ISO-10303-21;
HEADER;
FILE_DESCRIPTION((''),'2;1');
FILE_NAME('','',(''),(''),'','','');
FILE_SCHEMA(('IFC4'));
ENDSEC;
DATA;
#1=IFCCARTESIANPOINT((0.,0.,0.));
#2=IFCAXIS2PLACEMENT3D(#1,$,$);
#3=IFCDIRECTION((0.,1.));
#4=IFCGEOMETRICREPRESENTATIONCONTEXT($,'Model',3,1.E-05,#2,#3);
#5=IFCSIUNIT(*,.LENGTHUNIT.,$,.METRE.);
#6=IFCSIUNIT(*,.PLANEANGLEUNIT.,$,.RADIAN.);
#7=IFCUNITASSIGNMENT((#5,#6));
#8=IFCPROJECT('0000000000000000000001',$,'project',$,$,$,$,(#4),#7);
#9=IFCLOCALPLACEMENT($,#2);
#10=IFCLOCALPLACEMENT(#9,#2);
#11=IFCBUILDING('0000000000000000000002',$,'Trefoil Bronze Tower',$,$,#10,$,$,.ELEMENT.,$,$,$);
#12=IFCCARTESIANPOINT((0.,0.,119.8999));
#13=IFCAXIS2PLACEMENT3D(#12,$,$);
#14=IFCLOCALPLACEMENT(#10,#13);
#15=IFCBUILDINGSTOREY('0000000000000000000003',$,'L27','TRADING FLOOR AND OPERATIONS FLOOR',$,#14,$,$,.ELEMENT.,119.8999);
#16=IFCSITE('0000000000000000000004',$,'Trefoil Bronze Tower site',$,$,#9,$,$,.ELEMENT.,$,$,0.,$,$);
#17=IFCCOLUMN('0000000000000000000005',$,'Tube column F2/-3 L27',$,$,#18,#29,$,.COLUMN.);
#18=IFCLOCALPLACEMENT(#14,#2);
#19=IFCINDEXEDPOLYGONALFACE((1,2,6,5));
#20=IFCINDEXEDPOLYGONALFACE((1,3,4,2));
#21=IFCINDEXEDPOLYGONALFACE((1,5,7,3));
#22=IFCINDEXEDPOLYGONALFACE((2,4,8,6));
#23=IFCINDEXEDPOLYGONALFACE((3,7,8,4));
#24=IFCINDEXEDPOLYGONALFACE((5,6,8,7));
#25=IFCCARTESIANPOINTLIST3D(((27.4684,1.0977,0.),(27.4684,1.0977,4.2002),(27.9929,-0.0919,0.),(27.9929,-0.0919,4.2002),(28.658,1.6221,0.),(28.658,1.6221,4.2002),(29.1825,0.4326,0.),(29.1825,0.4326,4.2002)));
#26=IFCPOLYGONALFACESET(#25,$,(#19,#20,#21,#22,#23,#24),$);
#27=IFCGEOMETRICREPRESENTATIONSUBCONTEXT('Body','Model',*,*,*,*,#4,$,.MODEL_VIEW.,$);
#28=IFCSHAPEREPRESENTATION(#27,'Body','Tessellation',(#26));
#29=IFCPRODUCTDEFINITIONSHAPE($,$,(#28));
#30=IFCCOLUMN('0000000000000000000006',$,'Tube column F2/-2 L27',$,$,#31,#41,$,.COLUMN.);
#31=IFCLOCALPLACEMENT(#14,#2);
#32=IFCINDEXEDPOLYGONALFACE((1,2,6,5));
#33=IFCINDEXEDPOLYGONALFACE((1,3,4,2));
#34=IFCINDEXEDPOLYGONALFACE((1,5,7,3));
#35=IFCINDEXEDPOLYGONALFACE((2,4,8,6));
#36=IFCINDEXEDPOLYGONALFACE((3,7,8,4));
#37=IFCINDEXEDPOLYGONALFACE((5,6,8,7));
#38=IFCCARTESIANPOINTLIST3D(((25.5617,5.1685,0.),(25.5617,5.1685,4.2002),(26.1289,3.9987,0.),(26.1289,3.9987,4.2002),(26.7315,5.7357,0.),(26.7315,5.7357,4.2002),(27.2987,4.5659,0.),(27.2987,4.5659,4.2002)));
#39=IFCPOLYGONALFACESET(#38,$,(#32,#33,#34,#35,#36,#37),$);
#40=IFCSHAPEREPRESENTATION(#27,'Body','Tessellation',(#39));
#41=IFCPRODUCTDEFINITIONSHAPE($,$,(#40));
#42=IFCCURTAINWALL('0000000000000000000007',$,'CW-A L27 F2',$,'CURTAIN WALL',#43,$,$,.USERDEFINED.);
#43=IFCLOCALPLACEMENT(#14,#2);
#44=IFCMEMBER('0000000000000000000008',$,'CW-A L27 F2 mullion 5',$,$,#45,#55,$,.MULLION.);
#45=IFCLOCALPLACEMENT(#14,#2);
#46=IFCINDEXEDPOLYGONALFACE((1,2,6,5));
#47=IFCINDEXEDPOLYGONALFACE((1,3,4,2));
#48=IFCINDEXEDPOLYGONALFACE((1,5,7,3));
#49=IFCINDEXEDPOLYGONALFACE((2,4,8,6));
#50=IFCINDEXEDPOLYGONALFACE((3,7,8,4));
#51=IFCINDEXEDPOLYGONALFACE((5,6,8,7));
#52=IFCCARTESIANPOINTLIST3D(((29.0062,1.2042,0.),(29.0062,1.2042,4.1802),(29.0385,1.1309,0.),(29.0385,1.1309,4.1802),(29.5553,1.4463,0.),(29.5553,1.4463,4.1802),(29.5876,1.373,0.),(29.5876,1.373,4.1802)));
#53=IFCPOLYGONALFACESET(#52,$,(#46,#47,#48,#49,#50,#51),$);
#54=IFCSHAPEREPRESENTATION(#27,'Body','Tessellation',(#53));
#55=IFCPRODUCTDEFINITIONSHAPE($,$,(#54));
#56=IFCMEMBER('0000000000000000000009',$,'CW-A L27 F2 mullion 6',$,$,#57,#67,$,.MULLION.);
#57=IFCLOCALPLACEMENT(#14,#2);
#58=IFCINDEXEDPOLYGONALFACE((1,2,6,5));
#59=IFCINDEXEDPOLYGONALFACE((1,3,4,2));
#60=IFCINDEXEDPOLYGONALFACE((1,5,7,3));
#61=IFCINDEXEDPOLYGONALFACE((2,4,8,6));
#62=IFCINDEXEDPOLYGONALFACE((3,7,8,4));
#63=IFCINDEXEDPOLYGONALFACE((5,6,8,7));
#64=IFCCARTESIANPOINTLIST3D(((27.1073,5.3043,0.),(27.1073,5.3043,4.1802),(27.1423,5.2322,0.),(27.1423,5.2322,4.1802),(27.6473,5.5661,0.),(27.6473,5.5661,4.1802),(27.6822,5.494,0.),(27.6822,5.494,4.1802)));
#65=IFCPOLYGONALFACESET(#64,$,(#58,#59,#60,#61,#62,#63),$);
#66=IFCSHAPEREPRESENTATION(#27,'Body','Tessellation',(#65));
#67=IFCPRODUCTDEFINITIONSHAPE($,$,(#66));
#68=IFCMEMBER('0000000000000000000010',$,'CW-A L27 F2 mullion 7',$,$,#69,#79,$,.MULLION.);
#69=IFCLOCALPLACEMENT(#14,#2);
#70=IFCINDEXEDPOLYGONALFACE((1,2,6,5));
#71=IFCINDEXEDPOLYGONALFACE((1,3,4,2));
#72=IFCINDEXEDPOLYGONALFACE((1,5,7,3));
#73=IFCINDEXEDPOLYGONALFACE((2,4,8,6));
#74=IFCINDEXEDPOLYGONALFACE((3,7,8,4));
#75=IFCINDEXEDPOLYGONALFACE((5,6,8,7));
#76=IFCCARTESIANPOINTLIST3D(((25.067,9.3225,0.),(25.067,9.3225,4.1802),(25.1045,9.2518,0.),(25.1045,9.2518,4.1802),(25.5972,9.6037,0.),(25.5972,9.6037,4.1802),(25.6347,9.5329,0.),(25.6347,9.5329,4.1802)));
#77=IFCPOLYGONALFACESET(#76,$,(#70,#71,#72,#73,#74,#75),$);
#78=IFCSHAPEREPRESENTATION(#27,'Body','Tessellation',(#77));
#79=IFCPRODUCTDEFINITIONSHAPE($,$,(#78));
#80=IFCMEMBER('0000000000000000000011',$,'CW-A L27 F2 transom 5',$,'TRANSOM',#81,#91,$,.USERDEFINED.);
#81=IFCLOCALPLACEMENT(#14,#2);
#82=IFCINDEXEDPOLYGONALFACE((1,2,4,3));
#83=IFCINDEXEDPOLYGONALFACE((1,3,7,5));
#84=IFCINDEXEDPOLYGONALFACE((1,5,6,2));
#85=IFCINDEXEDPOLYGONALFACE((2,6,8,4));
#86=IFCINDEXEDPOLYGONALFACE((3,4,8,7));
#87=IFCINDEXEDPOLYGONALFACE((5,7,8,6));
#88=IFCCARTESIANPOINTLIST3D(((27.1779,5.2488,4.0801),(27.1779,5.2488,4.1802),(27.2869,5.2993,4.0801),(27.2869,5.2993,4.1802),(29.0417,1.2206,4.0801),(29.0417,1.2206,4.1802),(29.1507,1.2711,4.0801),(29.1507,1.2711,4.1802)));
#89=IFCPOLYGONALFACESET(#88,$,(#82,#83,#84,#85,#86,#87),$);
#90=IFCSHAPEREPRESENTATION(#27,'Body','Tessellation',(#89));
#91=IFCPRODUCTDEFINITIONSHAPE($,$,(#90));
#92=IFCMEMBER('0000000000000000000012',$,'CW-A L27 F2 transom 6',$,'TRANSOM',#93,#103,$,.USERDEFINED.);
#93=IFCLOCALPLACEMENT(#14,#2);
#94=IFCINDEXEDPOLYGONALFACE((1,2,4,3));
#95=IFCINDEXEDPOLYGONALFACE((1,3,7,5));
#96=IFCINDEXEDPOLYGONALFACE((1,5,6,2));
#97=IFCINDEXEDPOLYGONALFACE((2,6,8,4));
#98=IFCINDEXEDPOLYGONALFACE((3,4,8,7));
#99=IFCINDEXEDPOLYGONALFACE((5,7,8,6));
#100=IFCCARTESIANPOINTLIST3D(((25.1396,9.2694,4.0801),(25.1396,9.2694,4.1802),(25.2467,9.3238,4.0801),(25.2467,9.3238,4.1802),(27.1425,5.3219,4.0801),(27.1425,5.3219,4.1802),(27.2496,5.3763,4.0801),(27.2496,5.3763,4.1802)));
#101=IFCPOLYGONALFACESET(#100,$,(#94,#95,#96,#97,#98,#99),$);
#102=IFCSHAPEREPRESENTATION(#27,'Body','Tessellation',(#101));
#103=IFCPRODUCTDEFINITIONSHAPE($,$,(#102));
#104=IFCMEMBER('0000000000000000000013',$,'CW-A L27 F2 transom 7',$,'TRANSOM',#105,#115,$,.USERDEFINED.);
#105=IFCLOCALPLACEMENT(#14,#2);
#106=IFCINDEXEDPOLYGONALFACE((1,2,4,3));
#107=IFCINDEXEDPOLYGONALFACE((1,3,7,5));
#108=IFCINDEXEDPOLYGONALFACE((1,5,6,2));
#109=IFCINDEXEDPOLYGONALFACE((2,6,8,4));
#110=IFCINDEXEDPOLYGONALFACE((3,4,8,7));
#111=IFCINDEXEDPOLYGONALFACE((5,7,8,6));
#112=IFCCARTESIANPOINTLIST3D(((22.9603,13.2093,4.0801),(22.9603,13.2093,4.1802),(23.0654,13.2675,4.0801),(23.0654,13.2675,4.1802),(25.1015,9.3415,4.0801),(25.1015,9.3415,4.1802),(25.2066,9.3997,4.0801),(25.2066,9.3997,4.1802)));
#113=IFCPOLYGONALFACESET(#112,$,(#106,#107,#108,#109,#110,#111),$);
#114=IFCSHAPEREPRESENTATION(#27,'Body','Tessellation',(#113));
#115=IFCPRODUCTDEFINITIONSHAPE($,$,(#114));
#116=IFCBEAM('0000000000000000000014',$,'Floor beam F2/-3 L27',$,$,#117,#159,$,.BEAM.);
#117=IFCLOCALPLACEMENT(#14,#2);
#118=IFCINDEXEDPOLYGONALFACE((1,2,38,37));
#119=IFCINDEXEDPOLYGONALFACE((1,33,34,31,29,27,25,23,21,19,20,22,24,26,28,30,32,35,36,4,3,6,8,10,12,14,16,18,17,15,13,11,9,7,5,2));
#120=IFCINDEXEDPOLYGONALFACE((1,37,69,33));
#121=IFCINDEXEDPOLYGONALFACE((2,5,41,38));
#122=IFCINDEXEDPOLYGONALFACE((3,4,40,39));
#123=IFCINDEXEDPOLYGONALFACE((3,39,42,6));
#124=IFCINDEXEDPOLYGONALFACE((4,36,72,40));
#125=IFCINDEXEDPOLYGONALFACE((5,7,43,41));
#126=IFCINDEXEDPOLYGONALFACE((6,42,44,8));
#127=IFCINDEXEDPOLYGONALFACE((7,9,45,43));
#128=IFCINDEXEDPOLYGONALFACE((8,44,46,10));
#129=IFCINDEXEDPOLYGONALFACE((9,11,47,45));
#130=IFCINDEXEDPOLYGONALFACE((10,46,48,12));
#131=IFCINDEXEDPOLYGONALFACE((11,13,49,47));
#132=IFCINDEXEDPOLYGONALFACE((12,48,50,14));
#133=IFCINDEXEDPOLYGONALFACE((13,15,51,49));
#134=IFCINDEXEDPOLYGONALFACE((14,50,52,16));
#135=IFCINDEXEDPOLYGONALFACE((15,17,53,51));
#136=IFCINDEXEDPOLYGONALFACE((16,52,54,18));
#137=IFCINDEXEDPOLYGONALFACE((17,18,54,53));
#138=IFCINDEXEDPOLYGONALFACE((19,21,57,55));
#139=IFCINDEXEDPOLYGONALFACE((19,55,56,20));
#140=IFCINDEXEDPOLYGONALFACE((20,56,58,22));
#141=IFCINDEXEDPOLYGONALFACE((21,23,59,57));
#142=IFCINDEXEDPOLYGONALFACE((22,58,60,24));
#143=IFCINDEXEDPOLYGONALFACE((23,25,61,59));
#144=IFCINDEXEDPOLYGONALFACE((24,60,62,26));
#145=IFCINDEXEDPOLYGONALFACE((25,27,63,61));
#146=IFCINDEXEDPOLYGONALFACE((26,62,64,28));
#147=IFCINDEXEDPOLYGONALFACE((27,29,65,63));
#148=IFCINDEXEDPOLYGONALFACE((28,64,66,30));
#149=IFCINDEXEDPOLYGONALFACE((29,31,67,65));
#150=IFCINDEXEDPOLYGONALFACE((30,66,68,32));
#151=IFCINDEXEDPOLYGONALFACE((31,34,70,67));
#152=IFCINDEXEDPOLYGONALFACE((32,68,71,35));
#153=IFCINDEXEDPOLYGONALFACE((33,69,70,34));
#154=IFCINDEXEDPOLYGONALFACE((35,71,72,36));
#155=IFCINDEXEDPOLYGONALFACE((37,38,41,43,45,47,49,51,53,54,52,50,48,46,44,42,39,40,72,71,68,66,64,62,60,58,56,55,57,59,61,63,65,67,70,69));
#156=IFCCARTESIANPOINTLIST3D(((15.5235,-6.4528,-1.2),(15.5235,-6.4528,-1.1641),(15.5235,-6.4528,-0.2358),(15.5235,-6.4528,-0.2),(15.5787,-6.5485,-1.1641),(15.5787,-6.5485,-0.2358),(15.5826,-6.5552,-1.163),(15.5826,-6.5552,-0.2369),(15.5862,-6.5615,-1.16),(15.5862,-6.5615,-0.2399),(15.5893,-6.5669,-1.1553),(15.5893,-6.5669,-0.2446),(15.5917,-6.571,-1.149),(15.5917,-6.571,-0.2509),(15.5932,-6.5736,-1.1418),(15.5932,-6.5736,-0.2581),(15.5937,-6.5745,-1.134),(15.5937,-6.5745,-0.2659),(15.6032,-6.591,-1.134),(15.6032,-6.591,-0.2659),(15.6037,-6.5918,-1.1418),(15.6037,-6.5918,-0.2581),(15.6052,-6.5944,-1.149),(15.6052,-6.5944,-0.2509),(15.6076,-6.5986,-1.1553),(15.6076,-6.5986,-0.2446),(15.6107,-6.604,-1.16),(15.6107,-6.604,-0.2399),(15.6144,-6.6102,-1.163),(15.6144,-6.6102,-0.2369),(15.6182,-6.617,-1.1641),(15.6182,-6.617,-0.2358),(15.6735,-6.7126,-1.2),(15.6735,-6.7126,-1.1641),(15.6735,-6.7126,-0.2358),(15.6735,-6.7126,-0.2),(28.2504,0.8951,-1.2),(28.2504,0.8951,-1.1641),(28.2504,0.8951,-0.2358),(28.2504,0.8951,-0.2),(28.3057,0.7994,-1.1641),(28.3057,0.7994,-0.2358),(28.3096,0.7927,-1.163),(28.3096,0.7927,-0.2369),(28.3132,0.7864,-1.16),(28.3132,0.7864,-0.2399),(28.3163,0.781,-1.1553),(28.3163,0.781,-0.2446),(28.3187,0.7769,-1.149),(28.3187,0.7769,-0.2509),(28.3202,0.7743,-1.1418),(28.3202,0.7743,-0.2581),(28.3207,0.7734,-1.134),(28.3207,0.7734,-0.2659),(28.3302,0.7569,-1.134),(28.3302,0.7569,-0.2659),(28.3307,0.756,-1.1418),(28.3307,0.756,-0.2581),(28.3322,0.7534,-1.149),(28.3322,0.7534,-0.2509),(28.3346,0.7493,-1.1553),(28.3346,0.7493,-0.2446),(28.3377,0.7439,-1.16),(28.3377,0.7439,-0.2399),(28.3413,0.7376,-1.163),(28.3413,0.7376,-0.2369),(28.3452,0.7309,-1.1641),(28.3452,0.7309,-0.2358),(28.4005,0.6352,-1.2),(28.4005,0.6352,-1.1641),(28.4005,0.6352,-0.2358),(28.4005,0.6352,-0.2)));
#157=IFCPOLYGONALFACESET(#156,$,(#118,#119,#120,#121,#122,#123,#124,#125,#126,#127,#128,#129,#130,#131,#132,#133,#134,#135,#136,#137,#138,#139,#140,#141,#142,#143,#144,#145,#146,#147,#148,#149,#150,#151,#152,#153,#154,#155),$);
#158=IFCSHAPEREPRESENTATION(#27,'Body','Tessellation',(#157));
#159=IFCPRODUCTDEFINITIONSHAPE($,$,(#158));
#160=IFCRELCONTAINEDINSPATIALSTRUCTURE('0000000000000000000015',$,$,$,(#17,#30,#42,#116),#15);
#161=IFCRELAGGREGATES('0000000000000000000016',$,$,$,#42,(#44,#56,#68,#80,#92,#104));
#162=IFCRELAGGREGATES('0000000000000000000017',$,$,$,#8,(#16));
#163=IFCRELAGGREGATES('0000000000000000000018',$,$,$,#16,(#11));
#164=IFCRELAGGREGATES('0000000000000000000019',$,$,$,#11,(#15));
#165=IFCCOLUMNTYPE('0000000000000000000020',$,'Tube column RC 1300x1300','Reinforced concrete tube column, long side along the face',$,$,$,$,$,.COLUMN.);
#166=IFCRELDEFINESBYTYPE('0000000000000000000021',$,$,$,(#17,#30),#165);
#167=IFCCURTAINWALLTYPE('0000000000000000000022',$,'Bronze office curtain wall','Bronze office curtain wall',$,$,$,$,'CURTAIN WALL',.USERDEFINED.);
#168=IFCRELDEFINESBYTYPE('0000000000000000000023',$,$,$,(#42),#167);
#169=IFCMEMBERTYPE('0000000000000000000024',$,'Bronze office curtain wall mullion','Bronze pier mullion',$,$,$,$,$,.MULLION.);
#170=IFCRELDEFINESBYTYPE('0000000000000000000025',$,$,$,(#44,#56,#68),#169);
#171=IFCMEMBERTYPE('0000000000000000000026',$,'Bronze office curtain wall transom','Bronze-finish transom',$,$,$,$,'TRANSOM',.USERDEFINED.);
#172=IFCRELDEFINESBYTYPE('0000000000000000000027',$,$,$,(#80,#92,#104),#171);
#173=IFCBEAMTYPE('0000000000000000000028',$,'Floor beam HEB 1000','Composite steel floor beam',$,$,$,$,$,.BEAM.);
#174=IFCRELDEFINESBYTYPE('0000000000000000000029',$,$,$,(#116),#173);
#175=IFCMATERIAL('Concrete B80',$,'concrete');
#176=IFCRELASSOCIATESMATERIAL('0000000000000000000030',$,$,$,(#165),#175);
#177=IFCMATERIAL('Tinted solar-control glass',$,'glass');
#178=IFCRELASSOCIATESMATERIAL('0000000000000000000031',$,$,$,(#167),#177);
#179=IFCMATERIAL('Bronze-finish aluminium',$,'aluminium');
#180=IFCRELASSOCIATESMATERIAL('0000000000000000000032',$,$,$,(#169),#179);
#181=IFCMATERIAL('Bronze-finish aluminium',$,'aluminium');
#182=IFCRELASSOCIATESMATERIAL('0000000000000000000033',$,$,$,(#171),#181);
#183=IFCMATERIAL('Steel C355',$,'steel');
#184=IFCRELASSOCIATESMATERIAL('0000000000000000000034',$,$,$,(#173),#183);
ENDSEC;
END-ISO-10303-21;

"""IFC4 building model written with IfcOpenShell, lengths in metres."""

from ifc_helpers import new_model, si_unit, direction, frame, origin, origin_2d, place, context, subcontext, project, spatial, rectangle, i_section, extrude, material, material_profile, profile_set, type_object, element, aggregate, save


model = new_model("IFC4")

# Units and contexts
model_context = context("Model", 3, precision=1e-05, world=origin(), true_north=direction((0.0, 1.0)))
body_context = subcontext(model_context, "Body", "Model", "MODEL_VIEW")
ifc_project = project(units=[si_unit("LENGTHUNIT", "METRE"), si_unit("PLANEANGLEUNIT", "RADIAN")], contexts=[model_context])

# Site, building, storey
site_placement = place(None, origin())
site = spatial("IfcSite", under=ifc_project, at=site_placement, Name="Trefoil Bronze Tower site", CompositionType="ELEMENT", RefElevation=0.0)
building_placement = place(site_placement, origin())
building = spatial("IfcBuilding", under=site, at=building_placement, Name="Trefoil Bronze Tower", CompositionType="ELEMENT")
storey_placement = place(building_placement, frame((0.0, 0.0, 119.8999)))
storey = spatial("IfcBuildingStorey", under=building, at=storey_placement, Name="L27", Description="TRADING FLOOR AND OPERATIONS FLOOR", CompositionType="ELEMENT", Elevation=119.8999)

# Columns
ifc_material_1 = material(Name="Concrete B80", Category="concrete")
ifc_material_profile_1 = material_profile(ifc_material_1, rectangle(XDim=1.3, YDim=1.3, at=origin_2d()), Name="RC 1300x1300")
ifc_profile_set_1 = profile_set([ifc_material_profile_1], Name="Concrete B80")
column_type = type_object("IfcColumnType", Name="Tube column RC 1300x1300", Description="Reinforced concrete tube column, long side along the face", PredefinedType="COLUMN", material=ifc_profile_set_1)
for number, where, z_axis, x_axis, name in (
    (1, (28.3254, 0.7651, 0.0), (0.0, 0.0, 1.0), (-0.403412, 0.915018, 0.0), "Tube column F2/-3 L27"),
    (2, (26.4302, 4.8672, 0.0), (0.0, 0.0, 1.0), (-0.436262, 0.89982, 0.0), "Tube column F2/-2 L27"),
):
    element("IfcColumn", number, at=place(storey_placement, frame(where, z_axis=z_axis, x_axis=x_axis)), inside=storey, type_object=column_type, Name=name, PredefinedType="COLUMN", context=body_context, shape_type="SweptSolid", body=[
        extrude(rectangle(XDim=1.3, YDim=1.3, at=origin_2d()), origin(), (0.0, 0.0, 1.0), 4.2002),
    ])

# Curtain wall, members
ifc_material_2 = material(Name="Tinted solar-control glass", Category="glass")
curtain_wall_type = type_object("IfcCurtainWallType", Name="Bronze office curtain wall", Description="Bronze office curtain wall", ElementType="CURTAIN WALL", PredefinedType="USERDEFINED", material=ifc_material_2)
curtain_wall_placement = place(storey_placement, origin())
curtain_wall = element("IfcCurtainWall", 3, at=curtain_wall_placement, inside=storey, type_object=curtain_wall_type, Name="CW-A L27 F2", ObjectType="CURTAIN WALL", PredefinedType="USERDEFINED")
ifc_material_3 = material(Name="Bronze-finish aluminium", Category="aluminium")
ifc_material_profile_2 = material_profile(ifc_material_3, rectangle(XDim=0.6001, YDim=0.0801, at=origin_2d()), Name="CW-A mullion")
ifc_profile_set_2 = profile_set([ifc_material_profile_2], Name="Bronze-finish aluminium")
member_type_1 = type_object("IfcMemberType", Name="Bronze office curtain wall mullion", Description="Bronze pier mullion", PredefinedType="MULLION", material=ifc_profile_set_2)
member_1_placement = place(storey_placement, frame((29.2969, 1.2886, 0.0), z_axis=(0.0, 0.0, 1.0), x_axis=(-0.915018, -0.403412, 0.0)))
member_1 = element("IfcMember", 4, at=member_1_placement, type_object=member_type_1, Name="CW-A L27 F2 mullion 5", PredefinedType="MULLION", context=body_context, shape_type="SweptSolid", body=[
    extrude(rectangle(XDim=0.6001, YDim=0.0801, at=origin_2d()), origin(), (0.0, 0.0, 1.0), 4.1802),
])
member_2_placement = place(storey_placement, frame((27.3948, 5.3992, 0.0), z_axis=(0.0, 0.0, 1.0), x_axis=(-0.89982, -0.436262, 0.0)))
member_2 = element("IfcMember", 5, at=member_2_placement, type_object=member_type_1, Name="CW-A L27 F2 mullion 6", PredefinedType="MULLION", context=body_context, shape_type="SweptSolid", body=[
    extrude(rectangle(XDim=0.6001, YDim=0.0801, at=origin_2d()), origin(), (0.0, 0.0, 1.0), 4.1802),
])
member_3_placement = place(storey_placement, frame((25.3508, 9.4277, 0.0), z_axis=(0.0, 0.0, 1.0), x_axis=(-0.883486, -0.468457, 0.0)))
member_3 = element("IfcMember", 6, at=member_3_placement, type_object=member_type_1, Name="CW-A L27 F2 mullion 7", PredefinedType="MULLION", context=body_context, shape_type="SweptSolid", body=[
    extrude(rectangle(XDim=0.6001, YDim=0.0801, at=origin_2d()), origin(), (0.0, 0.0, 1.0), 4.1802),
])
ifc_material_4 = material(Name="Bronze-finish aluminium", Category="aluminium")
ifc_material_profile_3 = material_profile(ifc_material_4, rectangle(XDim=0.1201, YDim=0.1001, at=origin_2d()), Name="CW-A transom")
ifc_profile_set_3 = profile_set([ifc_material_profile_3], Name="Bronze-finish aluminium")
member_type_2 = type_object("IfcMemberType", Name="Bronze office curtain wall transom", Description="Bronze-finish transom", ElementType="TRANSOM", PredefinedType="USERDEFINED", material=ifc_profile_set_3)
member_4_placement = place(storey_placement, frame((29.0962, 1.2458, 4.1301), z_axis=(-0.419923, 0.90756, 0.0), x_axis=(-0.90756, -0.419923, 0.0)))
member_4 = element("IfcMember", 7, at=member_4_placement, type_object=member_type_2, Name="CW-A L27 F2 transom 5", ObjectType="TRANSOM", PredefinedType="USERDEFINED", context=body_context, shape_type="SweptSolid", body=[
    extrude(rectangle(XDim=0.1201, YDim=0.1001, at=origin_2d()), origin(), (0.0, 0.0, 1.0), 4.4385),
])
member_5_placement = place(storey_placement, frame((27.196, 5.3491, 4.1301), z_axis=(-0.452478, 0.891775, 0.0), x_axis=(-0.891775, -0.452478, 0.0)))
member_5 = element("IfcMember", 8, at=member_5_placement, type_object=member_type_2, Name="CW-A L27 F2 transom 6", ObjectType="TRANSOM", PredefinedType="USERDEFINED", context=body_context, shape_type="SweptSolid", body=[
    extrude(rectangle(XDim=0.1201, YDim=0.1001, at=origin_2d()), origin(), (0.0, 0.0, 1.0), 4.4265),
])
member_6_placement = place(storey_placement, frame((25.1541, 9.3706, 4.1301), z_axis=(-0.484329, 0.874886, 0.0), x_axis=(-0.874886, -0.484329, 0.0)))
member_6 = element("IfcMember", 9, at=member_6_placement, type_object=member_type_2, Name="CW-A L27 F2 transom 7", ObjectType="TRANSOM", PredefinedType="USERDEFINED", context=body_context, shape_type="SweptSolid", body=[
    extrude(rectangle(XDim=0.1201, YDim=0.1001, at=origin_2d()), origin(), (0.0, 0.0, 1.0), 4.4209),
])

# Beam
ifc_material_5 = material(Name="Steel C355", Category="steel")
ifc_material_profile_4 = material_profile(ifc_material_5, i_section(OverallWidth=0.3, OverallDepth=1.0, WebThickness=0.019, FlangeThickness=0.0359, FilletRadius=0.03, at=origin_2d()), Name="HEB 1000")
ifc_profile_set_4 = profile_set([ifc_material_profile_4], Name="Steel C355")
beam_type_1 = type_object("IfcBeamType", Name="Floor beam HEB 1000", Description="Composite steel floor beam", PredefinedType="BEAM", material=ifc_profile_set_4)
beam_1_placement = place(storey_placement, frame((28.3254, 0.7651, -0.7), z_axis=(-0.866027, -0.499997, 0.0), x_axis=(0.499997, -0.866027, 0.0)))
element("IfcBeam", 10, at=beam_1_placement, inside=storey, type_object=beam_type_1, Name="Floor beam F2/-3 L27", PredefinedType="BEAM", context=body_context, shape_type="SweptSolid", body=[
    extrude(i_section(OverallWidth=0.3, OverallDepth=1.0, WebThickness=0.019, FlangeThickness=0.0359, FilletRadius=0.03, at=origin_2d()), origin(), (0.0, 0.0, 1.0), 14.6958),
])

aggregate(curtain_wall, [member_1, member_2, member_3, member_4, member_5, member_6])

save(model, "model.ifc")
